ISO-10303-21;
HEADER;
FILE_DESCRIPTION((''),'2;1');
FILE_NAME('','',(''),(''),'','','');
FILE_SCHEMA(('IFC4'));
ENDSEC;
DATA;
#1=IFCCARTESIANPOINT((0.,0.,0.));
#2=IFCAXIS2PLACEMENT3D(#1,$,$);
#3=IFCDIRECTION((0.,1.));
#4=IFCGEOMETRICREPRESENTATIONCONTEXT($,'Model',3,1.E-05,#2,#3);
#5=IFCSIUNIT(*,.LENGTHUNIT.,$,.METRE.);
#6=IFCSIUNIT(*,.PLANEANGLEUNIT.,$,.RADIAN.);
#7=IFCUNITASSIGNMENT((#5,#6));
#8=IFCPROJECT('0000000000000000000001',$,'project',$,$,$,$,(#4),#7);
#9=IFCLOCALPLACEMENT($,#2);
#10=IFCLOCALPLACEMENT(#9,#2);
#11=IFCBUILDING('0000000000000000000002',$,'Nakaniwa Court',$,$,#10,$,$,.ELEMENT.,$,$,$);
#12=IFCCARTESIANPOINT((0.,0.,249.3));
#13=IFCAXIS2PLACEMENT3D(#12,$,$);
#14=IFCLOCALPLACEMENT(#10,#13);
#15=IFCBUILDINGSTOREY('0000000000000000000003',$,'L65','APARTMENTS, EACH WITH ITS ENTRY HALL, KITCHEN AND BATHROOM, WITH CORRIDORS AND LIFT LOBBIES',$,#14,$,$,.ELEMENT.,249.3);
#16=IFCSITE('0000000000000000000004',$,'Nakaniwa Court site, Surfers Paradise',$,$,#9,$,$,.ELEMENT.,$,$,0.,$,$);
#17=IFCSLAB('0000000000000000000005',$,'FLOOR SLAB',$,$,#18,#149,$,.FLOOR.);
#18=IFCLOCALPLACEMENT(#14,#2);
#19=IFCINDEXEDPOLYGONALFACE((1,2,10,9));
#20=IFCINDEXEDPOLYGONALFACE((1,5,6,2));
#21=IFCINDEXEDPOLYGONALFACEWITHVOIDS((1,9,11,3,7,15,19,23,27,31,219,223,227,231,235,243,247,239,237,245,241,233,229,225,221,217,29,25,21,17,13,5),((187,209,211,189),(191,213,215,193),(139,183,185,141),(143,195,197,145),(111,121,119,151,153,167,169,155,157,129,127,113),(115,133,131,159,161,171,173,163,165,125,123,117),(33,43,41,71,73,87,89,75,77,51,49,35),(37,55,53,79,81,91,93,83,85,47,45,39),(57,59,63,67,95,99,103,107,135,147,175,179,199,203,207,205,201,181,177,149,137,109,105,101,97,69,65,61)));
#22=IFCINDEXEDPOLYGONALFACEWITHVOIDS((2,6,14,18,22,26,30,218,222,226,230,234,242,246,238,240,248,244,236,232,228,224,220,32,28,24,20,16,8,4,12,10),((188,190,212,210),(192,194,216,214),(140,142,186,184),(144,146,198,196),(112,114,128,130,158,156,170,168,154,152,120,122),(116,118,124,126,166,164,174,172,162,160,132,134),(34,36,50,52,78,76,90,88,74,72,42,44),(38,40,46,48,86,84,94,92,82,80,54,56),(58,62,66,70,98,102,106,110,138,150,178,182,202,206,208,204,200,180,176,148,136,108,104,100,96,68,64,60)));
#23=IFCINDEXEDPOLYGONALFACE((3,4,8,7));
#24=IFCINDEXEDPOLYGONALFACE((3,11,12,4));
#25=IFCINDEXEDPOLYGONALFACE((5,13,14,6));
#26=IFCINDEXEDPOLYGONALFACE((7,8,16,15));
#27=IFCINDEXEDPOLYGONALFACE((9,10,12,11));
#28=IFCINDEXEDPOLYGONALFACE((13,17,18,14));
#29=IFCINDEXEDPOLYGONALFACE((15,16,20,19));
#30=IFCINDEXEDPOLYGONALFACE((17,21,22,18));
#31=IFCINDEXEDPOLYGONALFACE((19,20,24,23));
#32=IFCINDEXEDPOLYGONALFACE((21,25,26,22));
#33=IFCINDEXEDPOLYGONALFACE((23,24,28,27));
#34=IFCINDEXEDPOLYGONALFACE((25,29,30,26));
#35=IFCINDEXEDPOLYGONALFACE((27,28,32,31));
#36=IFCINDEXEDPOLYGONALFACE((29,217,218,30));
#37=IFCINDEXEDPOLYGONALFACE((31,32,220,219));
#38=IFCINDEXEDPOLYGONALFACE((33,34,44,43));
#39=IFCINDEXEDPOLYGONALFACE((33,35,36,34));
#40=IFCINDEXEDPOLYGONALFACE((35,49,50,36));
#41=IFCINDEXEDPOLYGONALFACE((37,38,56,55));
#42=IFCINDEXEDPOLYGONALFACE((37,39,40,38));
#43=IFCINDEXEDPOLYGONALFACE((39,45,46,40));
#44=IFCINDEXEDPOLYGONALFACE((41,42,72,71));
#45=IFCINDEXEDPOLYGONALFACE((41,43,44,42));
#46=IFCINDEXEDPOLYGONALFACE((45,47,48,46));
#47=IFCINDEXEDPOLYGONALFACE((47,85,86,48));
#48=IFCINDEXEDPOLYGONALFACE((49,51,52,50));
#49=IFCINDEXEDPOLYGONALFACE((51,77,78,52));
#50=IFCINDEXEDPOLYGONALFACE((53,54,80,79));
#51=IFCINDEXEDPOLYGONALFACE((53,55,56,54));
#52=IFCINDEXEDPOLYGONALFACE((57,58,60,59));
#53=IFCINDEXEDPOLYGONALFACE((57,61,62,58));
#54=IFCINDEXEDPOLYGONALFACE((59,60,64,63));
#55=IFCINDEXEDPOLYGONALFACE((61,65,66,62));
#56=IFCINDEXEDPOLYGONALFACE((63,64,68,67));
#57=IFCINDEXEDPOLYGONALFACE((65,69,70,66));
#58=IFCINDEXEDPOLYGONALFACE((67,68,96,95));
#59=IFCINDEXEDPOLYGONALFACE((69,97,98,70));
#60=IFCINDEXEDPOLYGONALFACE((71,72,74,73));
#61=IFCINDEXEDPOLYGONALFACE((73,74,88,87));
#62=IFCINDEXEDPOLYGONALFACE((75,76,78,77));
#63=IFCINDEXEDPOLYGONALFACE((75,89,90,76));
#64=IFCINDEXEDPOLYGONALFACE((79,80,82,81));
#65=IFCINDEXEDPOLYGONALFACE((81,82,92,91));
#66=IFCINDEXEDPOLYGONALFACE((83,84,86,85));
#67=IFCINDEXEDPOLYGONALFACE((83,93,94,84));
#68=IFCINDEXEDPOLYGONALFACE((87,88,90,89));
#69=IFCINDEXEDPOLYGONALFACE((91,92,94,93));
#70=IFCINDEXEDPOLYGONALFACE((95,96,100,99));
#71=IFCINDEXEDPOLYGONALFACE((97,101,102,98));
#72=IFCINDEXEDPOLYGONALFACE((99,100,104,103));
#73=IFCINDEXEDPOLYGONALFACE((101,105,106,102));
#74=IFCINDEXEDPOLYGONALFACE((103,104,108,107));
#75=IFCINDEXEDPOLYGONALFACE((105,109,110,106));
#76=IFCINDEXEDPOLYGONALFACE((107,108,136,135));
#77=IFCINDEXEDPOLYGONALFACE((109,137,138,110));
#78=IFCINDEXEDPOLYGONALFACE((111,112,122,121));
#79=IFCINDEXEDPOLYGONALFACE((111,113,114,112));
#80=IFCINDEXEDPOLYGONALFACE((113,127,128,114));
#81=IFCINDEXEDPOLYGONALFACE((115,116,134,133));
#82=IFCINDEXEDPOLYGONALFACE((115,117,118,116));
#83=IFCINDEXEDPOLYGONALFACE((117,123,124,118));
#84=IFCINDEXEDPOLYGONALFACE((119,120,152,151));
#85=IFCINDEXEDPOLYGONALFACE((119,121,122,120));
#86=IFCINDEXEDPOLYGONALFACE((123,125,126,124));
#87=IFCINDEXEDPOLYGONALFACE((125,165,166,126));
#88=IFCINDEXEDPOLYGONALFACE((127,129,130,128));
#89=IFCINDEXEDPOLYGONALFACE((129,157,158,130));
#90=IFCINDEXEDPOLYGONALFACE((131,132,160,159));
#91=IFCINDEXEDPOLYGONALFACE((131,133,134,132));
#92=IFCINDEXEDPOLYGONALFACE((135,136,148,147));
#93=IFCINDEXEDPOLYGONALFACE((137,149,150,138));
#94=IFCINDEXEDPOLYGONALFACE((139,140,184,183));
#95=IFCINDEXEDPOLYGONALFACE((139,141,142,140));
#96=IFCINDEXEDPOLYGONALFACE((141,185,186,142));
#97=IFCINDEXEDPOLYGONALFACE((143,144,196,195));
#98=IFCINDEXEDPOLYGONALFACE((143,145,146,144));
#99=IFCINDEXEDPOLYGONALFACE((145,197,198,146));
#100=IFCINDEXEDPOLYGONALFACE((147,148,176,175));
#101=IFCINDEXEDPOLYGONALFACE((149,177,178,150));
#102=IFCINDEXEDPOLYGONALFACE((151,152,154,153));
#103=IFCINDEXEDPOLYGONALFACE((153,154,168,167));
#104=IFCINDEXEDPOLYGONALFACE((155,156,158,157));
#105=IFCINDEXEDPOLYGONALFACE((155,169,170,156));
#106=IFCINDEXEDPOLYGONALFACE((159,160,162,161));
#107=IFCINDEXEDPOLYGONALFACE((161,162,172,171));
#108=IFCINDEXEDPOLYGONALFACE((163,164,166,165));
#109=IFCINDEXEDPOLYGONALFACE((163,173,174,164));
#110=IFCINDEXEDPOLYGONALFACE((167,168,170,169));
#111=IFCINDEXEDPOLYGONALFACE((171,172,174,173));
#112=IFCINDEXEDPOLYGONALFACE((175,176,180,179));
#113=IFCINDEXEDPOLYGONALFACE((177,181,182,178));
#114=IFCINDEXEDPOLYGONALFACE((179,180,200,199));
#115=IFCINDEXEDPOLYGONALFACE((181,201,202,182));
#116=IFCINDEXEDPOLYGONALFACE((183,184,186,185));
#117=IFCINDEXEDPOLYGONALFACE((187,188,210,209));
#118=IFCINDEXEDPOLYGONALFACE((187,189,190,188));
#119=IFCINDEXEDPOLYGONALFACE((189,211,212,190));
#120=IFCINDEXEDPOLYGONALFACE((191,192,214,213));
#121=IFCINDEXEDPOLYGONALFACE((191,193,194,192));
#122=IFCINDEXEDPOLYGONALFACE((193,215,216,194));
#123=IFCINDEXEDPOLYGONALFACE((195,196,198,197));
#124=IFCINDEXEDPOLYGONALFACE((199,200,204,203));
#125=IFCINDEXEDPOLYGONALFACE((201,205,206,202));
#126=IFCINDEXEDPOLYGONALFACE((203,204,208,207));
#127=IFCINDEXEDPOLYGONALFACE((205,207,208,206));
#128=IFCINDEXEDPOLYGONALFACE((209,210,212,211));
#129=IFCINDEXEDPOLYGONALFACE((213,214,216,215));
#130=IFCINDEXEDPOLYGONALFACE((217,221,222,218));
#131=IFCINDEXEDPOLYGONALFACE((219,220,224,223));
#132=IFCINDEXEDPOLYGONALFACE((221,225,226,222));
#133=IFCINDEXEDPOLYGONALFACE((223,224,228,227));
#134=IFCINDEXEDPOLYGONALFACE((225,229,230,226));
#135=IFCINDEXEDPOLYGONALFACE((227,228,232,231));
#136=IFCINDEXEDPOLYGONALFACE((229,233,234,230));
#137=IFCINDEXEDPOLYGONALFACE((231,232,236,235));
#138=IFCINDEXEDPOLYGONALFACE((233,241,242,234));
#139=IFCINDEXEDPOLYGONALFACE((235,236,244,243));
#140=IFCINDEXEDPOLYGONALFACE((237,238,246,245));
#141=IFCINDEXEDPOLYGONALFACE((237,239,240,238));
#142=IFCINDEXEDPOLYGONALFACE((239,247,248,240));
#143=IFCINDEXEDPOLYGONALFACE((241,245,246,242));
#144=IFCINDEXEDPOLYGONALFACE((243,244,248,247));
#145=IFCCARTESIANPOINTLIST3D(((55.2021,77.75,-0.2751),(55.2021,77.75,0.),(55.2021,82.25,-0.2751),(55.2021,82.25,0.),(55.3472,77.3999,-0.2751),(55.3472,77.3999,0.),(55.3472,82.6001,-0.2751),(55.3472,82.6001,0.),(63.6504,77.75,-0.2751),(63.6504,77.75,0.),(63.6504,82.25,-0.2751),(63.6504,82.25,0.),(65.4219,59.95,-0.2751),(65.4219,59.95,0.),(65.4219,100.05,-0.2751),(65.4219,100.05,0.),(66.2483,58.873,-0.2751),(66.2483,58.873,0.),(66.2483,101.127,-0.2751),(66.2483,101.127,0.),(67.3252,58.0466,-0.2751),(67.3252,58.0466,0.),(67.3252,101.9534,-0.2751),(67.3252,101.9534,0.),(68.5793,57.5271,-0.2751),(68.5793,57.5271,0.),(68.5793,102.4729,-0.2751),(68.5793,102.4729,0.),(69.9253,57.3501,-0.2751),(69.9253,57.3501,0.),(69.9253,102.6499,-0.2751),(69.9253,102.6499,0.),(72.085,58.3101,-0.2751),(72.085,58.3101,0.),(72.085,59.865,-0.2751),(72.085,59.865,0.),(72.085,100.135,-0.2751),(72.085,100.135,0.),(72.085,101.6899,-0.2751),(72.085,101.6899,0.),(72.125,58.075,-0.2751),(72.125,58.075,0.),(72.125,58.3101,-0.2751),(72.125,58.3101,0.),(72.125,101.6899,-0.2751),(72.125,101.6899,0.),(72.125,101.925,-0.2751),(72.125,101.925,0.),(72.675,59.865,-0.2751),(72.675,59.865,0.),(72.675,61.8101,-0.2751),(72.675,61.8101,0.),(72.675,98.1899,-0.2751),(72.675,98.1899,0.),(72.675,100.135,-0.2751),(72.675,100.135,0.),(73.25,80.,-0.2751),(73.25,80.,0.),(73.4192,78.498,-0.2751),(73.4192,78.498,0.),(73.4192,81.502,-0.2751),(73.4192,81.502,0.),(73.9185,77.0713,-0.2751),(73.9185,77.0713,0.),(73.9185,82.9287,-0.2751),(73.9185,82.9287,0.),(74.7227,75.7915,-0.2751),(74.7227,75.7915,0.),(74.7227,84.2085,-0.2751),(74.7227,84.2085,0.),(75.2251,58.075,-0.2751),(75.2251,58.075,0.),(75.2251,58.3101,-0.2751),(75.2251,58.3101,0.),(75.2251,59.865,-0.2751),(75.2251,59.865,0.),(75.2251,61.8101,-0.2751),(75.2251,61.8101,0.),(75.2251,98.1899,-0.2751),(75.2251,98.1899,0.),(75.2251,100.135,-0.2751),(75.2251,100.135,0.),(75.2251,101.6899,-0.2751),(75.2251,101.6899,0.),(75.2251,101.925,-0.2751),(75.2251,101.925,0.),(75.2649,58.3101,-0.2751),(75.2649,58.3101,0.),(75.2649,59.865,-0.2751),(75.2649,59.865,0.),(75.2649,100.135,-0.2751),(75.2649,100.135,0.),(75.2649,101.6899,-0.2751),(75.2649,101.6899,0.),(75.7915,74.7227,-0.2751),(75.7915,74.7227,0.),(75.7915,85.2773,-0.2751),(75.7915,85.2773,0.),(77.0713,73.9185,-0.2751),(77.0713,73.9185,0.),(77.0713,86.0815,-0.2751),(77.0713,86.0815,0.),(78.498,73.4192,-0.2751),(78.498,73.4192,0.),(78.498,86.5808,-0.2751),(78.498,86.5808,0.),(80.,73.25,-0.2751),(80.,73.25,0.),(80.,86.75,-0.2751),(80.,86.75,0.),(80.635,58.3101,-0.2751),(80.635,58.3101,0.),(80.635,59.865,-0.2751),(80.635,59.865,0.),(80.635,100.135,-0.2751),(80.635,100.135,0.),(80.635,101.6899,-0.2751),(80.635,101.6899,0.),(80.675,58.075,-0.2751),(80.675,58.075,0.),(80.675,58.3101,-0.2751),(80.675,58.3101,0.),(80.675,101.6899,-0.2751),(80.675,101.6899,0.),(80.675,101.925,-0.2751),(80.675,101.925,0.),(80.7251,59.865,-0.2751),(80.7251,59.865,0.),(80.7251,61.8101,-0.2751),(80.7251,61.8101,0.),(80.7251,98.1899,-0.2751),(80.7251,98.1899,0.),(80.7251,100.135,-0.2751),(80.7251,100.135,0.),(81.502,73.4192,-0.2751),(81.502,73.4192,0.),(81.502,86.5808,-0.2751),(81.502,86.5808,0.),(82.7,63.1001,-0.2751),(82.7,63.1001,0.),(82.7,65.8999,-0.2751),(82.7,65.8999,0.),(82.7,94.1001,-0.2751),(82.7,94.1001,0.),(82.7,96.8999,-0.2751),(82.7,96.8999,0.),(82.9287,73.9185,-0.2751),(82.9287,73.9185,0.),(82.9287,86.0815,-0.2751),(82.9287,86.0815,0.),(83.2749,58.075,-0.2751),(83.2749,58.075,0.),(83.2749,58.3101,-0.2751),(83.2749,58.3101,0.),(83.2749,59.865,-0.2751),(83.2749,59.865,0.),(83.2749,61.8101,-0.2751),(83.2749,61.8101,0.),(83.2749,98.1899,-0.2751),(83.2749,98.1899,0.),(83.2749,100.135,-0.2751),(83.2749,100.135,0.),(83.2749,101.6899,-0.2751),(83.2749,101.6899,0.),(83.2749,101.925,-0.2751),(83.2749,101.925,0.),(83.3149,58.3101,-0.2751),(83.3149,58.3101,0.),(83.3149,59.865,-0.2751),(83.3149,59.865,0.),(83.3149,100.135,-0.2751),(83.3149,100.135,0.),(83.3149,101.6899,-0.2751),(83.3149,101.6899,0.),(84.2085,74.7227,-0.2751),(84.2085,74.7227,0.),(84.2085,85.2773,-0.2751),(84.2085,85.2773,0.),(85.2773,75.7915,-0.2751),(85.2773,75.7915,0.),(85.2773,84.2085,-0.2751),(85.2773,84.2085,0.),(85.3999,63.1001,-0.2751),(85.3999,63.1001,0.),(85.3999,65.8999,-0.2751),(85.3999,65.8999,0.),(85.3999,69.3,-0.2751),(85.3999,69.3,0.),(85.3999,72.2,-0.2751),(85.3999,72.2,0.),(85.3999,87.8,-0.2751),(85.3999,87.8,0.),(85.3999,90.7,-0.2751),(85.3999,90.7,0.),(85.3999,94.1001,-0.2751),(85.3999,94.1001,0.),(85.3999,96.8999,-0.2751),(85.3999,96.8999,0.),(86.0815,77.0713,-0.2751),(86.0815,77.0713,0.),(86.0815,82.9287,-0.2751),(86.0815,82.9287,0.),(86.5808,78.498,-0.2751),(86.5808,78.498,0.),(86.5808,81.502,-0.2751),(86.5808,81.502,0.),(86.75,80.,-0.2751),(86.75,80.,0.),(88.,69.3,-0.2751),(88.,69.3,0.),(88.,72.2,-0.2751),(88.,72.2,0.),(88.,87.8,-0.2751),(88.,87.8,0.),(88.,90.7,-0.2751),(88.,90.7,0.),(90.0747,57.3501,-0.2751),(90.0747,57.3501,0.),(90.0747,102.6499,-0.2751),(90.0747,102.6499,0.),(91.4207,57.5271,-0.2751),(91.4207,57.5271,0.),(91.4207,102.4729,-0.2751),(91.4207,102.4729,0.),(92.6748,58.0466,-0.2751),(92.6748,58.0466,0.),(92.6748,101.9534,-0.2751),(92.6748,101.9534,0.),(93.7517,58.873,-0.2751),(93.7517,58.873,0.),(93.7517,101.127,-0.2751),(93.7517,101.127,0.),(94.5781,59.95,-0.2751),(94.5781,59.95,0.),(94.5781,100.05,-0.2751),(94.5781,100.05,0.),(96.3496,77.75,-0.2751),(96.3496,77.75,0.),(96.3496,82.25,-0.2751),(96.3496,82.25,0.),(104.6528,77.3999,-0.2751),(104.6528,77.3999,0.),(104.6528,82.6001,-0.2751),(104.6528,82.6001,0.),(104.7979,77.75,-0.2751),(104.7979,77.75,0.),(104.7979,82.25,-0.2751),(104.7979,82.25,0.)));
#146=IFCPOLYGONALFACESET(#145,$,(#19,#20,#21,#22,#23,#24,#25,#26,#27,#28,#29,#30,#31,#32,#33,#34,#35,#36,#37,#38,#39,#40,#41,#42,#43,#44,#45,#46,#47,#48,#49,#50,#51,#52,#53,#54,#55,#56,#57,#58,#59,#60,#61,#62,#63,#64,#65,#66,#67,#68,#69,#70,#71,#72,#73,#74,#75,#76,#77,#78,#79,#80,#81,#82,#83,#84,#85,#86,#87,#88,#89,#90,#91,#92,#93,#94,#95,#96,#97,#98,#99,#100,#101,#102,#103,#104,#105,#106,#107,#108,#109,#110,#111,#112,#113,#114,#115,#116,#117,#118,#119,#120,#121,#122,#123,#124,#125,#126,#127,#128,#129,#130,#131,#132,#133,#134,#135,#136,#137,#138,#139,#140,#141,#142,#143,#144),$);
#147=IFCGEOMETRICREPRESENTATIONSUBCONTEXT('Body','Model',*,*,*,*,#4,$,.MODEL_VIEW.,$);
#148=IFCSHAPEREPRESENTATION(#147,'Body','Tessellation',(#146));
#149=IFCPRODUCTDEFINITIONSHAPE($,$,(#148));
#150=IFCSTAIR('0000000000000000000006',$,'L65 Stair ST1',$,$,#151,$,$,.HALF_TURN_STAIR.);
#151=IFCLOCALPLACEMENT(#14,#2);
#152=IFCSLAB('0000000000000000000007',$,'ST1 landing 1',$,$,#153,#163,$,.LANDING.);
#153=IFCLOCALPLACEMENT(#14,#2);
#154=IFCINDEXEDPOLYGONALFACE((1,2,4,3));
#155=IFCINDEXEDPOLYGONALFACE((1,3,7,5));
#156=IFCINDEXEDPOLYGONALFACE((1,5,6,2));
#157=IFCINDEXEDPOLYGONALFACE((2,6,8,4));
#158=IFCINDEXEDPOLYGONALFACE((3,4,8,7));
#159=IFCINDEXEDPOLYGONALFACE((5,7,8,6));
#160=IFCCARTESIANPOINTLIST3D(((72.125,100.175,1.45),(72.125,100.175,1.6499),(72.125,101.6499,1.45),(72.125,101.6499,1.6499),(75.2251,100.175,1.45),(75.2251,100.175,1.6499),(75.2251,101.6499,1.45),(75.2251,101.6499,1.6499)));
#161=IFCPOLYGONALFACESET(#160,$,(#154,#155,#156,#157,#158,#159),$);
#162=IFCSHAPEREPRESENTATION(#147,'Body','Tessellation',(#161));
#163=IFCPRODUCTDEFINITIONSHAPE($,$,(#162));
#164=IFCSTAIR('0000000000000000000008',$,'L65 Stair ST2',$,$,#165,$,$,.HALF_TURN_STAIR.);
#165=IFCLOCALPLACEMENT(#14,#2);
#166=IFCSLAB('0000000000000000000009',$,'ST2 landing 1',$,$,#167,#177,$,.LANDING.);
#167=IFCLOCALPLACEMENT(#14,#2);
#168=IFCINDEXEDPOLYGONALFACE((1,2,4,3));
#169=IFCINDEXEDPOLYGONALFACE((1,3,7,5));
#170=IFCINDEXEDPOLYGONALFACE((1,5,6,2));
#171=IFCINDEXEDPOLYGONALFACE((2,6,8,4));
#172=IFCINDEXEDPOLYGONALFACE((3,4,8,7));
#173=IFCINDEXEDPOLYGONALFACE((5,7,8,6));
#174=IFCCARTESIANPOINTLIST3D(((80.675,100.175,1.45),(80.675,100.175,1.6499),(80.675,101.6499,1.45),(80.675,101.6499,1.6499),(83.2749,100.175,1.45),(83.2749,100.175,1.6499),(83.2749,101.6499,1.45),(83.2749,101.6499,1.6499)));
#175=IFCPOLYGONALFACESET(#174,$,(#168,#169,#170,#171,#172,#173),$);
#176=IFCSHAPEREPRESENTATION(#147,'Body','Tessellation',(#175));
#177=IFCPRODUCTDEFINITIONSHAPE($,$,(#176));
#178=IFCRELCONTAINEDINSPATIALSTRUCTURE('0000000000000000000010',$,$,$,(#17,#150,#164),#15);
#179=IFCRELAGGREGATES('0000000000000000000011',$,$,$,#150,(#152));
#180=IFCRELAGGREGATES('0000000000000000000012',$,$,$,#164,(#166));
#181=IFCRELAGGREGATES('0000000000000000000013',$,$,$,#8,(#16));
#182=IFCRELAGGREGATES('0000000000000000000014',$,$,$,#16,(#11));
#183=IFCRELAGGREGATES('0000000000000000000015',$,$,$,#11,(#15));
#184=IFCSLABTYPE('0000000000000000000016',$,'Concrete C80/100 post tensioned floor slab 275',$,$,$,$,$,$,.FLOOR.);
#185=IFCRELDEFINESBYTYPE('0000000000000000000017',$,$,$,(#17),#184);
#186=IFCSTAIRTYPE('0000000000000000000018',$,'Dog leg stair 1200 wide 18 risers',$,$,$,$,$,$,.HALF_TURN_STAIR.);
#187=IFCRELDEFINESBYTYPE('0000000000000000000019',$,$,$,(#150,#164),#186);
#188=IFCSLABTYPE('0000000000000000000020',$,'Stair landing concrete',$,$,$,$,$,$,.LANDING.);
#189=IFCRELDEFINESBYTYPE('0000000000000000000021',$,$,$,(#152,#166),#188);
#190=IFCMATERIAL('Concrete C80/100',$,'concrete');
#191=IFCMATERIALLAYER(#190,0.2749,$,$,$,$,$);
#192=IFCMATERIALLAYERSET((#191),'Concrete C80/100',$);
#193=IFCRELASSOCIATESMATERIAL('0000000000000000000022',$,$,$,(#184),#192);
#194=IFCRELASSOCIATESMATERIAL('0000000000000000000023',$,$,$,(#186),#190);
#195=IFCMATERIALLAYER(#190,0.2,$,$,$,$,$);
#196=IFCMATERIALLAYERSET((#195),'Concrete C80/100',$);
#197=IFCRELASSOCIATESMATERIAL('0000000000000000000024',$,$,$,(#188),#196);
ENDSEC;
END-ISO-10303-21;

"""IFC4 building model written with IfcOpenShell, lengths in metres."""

from ifc_helpers import new_model, si_unit, direction, frame, origin, place, context, subcontext, project, spatial, polyline, outline, extrude, material, layer, layer_set, type_object, element, aggregate, save


model = new_model("IFC4")

# Units and contexts
model_context = context("Model", 3, precision=1e-05, world=origin(), true_north=direction((0.0, 1.0)))
body_context = subcontext(model_context, "Body", "Model", "MODEL_VIEW")
ifc_project = project(units=[si_unit("LENGTHUNIT", "METRE"), si_unit("PLANEANGLEUNIT", "RADIAN")], contexts=[model_context])

# Site, building, storey
site_placement = place(None, origin())
site = spatial("IfcSite", under=ifc_project, at=site_placement, Name="Nakaniwa Court site, Surfers Paradise", CompositionType="ELEMENT", RefElevation=0.0)
building_placement = place(site_placement, origin())
building = spatial("IfcBuilding", under=site, at=building_placement, Name="Nakaniwa Court", CompositionType="ELEMENT")
storey_placement = place(building_placement, frame((0.0, 0.0, 249.3)))
storey = spatial("IfcBuildingStorey", under=building, at=storey_placement, Name="L65", Description="APARTMENTS, EACH WITH ITS ENTRY HALL, KITCHEN AND BATHROOM, WITH CORRIDORS AND LIFT LOBBIES", CompositionType="ELEMENT", Elevation=249.3)

# Shared definitions
ifc_material_1 = material(Name="Concrete C80/100", Category="concrete")

# Slab
ifc_layer_1 = layer(ifc_material_1, 0.2749)
ifc_layer_set_1 = layer_set([ifc_layer_1], Name="Concrete C80/100")
slab_type_1 = type_object("IfcSlabType", Name="Concrete C80/100 post tensioned floor slab 275", PredefinedType="FLOOR", material=ifc_layer_set_1)
slab_1_placement = place(storey_placement, frame((0.0, 0.0, -0.2751)))
element("IfcSlab", 1, at=slab_1_placement, inside=storey, type_object=slab_type_1, Name="FLOOR SLAB", PredefinedType="FLOOR", context=body_context, shape_type="SweptSolid", body=[
    extrude(outline(polyline([(96.3496, 82.25), (104.7979, 82.25), (104.6528, 82.6001), (94.5781, 100.05), (93.7517, 101.127), (92.6748, 101.9534), (91.4207, 102.4729), (90.0747, 102.6499), (69.9253, 102.6499), (68.5793, 102.4729), (67.3252, 101.9534), (66.2483, 101.127), (65.4219, 100.05), (55.3472, 82.6001), (55.2021, 82.25), (63.6504, 82.25), (63.6504, 77.75), (55.2021, 77.75), (55.3472, 77.3999), (65.4219, 59.95), (66.2483, 58.873), (67.3252, 58.0466), (68.5793, 57.5271), (69.9253, 57.3501), (90.0747, 57.3501), (91.4207, 57.5271), (92.6748, 58.0466), (93.7517, 58.873), (94.5781, 59.95), (104.6528, 77.3999), (104.7979, 77.75), (96.3496, 77.75), (96.3496, 82.25)]), holes=[polyline([(81.502, 86.5808), (80.0, 86.75), (78.498, 86.5808), (77.0713, 86.0815), (75.7915, 85.2773), (74.7227, 84.2085), (73.9185, 82.9287), (73.4192, 81.502), (73.25, 80.0), (73.4192, 78.498), (73.9185, 77.0713), (74.7227, 75.7915), (75.7915, 74.7227), (77.0713, 73.9185), (78.498, 73.4192), (80.0, 73.25), (81.502, 73.4192), (82.9287, 73.9185), (84.2085, 74.7227), (85.2773, 75.7915), (86.0815, 77.0713), (86.5808, 78.498), (86.75, 80.0), (86.5808, 81.502), (86.0815, 82.9287), (85.2773, 84.2085), (84.2085, 85.2773), (82.9287, 86.0815), (81.502, 86.5808)]), polyline([(72.675, 61.8101), (72.675, 59.865), (72.085, 59.865), (72.085, 58.3101), (72.125, 58.3101), (72.125, 58.075), (75.2251, 58.075), (75.2251, 58.3101), (75.2649, 58.3101), (75.2649, 59.865), (75.2251, 59.865), (75.2251, 61.8101), (72.675, 61.8101)]), polyline([(83.2749, 61.8101), (80.7251, 61.8101), (80.7251, 59.865), (80.635, 59.865), (80.635, 58.3101), (80.675, 58.3101), (80.675, 58.075), (83.2749, 58.075), (83.2749, 58.3101), (83.3149, 58.3101), (83.3149, 59.865), (83.2749, 59.865), (83.2749, 61.8101)]), polyline([(75.2649, 101.6899), (75.2251, 101.6899), (75.2251, 101.925), (72.125, 101.925), (72.125, 101.6899), (72.085, 101.6899), (72.085, 100.135), (72.675, 100.135), (72.675, 98.1899), (75.2251, 98.1899), (75.2251, 100.135), (75.2649, 100.135), (75.2649, 101.6899)]), polyline([(83.3149, 100.135), (83.3149, 101.6899), (83.2749, 101.6899), (83.2749, 101.925), (80.675, 101.925), (80.675, 101.6899), (80.635, 101.6899), (80.635, 100.135), (80.7251, 100.135), (80.7251, 98.1899), (83.2749, 98.1899), (83.2749, 100.135), (83.3149, 100.135)]), polyline([(85.3999, 65.8999), (82.7, 65.8999), (82.7, 63.1001), (85.3999, 63.1001), (85.3999, 65.8999)]), polyline([(88.0, 72.2), (85.3999, 72.2), (85.3999, 69.3), (88.0, 69.3), (88.0, 72.2)]), polyline([(85.3999, 90.7), (85.3999, 87.8), (88.0, 87.8), (88.0, 90.7), (85.3999, 90.7)]), polyline([(85.3999, 96.8999), (82.7, 96.8999), (82.7, 94.1001), (85.3999, 94.1001), (85.3999, 96.8999)])]), origin(), (0.0, 0.0, 1.0), 0.2751),
])

# Stairs, slabs
stair_type = type_object("IfcStairType", Name="Dog leg stair 1200 wide 18 risers", PredefinedType="HALF_TURN_STAIR", material=ifc_material_1)
stair_1_placement = place(storey_placement, origin())
stair_1 = element("IfcStair", 2, at=stair_1_placement, inside=storey, type_object=stair_type, Name="L65 Stair ST1", PredefinedType="HALF_TURN_STAIR")
ifc_layer_2 = layer(ifc_material_1, 0.2)
ifc_layer_set_2 = layer_set([ifc_layer_2], Name="Concrete C80/100")
slab_type_2 = type_object("IfcSlabType", Name="Stair landing concrete", PredefinedType="LANDING", material=ifc_layer_set_2)
slab_2_placement = place(storey_placement, frame((0.0, 0.0, 1.45)))
slab_2 = element("IfcSlab", 3, at=slab_2_placement, type_object=slab_type_2, Name="ST1 landing 1", PredefinedType="LANDING", context=body_context, shape_type="SweptSolid", body=[
    extrude(outline(polyline([(75.2251, 100.175), (75.2251, 101.6499), (72.125, 101.6499), (72.125, 100.175), (75.2251, 100.175)])), origin(), (0.0, 0.0, 1.0), 0.2),
])
aggregate(stair_1, [slab_2])
stair_2_placement = place(storey_placement, origin())
stair_2 = element("IfcStair", 4, at=stair_2_placement, inside=storey, type_object=stair_type, Name="L65 Stair ST2", PredefinedType="HALF_TURN_STAIR")
slab_3_placement = place(storey_placement, frame((0.0, 0.0, 1.45)))
slab_3 = element("IfcSlab", 5, at=slab_3_placement, type_object=slab_type_2, Name="ST2 landing 1", PredefinedType="LANDING", context=body_context, shape_type="SweptSolid", body=[
    extrude(outline(polyline([(83.2749, 100.175), (83.2749, 101.6499), (80.675, 101.6499), (80.675, 100.175), (83.2749, 100.175)])), origin(), (0.0, 0.0, 1.0), 0.2),
])
aggregate(stair_2, [slab_3])

save(model, "model.ifc")
